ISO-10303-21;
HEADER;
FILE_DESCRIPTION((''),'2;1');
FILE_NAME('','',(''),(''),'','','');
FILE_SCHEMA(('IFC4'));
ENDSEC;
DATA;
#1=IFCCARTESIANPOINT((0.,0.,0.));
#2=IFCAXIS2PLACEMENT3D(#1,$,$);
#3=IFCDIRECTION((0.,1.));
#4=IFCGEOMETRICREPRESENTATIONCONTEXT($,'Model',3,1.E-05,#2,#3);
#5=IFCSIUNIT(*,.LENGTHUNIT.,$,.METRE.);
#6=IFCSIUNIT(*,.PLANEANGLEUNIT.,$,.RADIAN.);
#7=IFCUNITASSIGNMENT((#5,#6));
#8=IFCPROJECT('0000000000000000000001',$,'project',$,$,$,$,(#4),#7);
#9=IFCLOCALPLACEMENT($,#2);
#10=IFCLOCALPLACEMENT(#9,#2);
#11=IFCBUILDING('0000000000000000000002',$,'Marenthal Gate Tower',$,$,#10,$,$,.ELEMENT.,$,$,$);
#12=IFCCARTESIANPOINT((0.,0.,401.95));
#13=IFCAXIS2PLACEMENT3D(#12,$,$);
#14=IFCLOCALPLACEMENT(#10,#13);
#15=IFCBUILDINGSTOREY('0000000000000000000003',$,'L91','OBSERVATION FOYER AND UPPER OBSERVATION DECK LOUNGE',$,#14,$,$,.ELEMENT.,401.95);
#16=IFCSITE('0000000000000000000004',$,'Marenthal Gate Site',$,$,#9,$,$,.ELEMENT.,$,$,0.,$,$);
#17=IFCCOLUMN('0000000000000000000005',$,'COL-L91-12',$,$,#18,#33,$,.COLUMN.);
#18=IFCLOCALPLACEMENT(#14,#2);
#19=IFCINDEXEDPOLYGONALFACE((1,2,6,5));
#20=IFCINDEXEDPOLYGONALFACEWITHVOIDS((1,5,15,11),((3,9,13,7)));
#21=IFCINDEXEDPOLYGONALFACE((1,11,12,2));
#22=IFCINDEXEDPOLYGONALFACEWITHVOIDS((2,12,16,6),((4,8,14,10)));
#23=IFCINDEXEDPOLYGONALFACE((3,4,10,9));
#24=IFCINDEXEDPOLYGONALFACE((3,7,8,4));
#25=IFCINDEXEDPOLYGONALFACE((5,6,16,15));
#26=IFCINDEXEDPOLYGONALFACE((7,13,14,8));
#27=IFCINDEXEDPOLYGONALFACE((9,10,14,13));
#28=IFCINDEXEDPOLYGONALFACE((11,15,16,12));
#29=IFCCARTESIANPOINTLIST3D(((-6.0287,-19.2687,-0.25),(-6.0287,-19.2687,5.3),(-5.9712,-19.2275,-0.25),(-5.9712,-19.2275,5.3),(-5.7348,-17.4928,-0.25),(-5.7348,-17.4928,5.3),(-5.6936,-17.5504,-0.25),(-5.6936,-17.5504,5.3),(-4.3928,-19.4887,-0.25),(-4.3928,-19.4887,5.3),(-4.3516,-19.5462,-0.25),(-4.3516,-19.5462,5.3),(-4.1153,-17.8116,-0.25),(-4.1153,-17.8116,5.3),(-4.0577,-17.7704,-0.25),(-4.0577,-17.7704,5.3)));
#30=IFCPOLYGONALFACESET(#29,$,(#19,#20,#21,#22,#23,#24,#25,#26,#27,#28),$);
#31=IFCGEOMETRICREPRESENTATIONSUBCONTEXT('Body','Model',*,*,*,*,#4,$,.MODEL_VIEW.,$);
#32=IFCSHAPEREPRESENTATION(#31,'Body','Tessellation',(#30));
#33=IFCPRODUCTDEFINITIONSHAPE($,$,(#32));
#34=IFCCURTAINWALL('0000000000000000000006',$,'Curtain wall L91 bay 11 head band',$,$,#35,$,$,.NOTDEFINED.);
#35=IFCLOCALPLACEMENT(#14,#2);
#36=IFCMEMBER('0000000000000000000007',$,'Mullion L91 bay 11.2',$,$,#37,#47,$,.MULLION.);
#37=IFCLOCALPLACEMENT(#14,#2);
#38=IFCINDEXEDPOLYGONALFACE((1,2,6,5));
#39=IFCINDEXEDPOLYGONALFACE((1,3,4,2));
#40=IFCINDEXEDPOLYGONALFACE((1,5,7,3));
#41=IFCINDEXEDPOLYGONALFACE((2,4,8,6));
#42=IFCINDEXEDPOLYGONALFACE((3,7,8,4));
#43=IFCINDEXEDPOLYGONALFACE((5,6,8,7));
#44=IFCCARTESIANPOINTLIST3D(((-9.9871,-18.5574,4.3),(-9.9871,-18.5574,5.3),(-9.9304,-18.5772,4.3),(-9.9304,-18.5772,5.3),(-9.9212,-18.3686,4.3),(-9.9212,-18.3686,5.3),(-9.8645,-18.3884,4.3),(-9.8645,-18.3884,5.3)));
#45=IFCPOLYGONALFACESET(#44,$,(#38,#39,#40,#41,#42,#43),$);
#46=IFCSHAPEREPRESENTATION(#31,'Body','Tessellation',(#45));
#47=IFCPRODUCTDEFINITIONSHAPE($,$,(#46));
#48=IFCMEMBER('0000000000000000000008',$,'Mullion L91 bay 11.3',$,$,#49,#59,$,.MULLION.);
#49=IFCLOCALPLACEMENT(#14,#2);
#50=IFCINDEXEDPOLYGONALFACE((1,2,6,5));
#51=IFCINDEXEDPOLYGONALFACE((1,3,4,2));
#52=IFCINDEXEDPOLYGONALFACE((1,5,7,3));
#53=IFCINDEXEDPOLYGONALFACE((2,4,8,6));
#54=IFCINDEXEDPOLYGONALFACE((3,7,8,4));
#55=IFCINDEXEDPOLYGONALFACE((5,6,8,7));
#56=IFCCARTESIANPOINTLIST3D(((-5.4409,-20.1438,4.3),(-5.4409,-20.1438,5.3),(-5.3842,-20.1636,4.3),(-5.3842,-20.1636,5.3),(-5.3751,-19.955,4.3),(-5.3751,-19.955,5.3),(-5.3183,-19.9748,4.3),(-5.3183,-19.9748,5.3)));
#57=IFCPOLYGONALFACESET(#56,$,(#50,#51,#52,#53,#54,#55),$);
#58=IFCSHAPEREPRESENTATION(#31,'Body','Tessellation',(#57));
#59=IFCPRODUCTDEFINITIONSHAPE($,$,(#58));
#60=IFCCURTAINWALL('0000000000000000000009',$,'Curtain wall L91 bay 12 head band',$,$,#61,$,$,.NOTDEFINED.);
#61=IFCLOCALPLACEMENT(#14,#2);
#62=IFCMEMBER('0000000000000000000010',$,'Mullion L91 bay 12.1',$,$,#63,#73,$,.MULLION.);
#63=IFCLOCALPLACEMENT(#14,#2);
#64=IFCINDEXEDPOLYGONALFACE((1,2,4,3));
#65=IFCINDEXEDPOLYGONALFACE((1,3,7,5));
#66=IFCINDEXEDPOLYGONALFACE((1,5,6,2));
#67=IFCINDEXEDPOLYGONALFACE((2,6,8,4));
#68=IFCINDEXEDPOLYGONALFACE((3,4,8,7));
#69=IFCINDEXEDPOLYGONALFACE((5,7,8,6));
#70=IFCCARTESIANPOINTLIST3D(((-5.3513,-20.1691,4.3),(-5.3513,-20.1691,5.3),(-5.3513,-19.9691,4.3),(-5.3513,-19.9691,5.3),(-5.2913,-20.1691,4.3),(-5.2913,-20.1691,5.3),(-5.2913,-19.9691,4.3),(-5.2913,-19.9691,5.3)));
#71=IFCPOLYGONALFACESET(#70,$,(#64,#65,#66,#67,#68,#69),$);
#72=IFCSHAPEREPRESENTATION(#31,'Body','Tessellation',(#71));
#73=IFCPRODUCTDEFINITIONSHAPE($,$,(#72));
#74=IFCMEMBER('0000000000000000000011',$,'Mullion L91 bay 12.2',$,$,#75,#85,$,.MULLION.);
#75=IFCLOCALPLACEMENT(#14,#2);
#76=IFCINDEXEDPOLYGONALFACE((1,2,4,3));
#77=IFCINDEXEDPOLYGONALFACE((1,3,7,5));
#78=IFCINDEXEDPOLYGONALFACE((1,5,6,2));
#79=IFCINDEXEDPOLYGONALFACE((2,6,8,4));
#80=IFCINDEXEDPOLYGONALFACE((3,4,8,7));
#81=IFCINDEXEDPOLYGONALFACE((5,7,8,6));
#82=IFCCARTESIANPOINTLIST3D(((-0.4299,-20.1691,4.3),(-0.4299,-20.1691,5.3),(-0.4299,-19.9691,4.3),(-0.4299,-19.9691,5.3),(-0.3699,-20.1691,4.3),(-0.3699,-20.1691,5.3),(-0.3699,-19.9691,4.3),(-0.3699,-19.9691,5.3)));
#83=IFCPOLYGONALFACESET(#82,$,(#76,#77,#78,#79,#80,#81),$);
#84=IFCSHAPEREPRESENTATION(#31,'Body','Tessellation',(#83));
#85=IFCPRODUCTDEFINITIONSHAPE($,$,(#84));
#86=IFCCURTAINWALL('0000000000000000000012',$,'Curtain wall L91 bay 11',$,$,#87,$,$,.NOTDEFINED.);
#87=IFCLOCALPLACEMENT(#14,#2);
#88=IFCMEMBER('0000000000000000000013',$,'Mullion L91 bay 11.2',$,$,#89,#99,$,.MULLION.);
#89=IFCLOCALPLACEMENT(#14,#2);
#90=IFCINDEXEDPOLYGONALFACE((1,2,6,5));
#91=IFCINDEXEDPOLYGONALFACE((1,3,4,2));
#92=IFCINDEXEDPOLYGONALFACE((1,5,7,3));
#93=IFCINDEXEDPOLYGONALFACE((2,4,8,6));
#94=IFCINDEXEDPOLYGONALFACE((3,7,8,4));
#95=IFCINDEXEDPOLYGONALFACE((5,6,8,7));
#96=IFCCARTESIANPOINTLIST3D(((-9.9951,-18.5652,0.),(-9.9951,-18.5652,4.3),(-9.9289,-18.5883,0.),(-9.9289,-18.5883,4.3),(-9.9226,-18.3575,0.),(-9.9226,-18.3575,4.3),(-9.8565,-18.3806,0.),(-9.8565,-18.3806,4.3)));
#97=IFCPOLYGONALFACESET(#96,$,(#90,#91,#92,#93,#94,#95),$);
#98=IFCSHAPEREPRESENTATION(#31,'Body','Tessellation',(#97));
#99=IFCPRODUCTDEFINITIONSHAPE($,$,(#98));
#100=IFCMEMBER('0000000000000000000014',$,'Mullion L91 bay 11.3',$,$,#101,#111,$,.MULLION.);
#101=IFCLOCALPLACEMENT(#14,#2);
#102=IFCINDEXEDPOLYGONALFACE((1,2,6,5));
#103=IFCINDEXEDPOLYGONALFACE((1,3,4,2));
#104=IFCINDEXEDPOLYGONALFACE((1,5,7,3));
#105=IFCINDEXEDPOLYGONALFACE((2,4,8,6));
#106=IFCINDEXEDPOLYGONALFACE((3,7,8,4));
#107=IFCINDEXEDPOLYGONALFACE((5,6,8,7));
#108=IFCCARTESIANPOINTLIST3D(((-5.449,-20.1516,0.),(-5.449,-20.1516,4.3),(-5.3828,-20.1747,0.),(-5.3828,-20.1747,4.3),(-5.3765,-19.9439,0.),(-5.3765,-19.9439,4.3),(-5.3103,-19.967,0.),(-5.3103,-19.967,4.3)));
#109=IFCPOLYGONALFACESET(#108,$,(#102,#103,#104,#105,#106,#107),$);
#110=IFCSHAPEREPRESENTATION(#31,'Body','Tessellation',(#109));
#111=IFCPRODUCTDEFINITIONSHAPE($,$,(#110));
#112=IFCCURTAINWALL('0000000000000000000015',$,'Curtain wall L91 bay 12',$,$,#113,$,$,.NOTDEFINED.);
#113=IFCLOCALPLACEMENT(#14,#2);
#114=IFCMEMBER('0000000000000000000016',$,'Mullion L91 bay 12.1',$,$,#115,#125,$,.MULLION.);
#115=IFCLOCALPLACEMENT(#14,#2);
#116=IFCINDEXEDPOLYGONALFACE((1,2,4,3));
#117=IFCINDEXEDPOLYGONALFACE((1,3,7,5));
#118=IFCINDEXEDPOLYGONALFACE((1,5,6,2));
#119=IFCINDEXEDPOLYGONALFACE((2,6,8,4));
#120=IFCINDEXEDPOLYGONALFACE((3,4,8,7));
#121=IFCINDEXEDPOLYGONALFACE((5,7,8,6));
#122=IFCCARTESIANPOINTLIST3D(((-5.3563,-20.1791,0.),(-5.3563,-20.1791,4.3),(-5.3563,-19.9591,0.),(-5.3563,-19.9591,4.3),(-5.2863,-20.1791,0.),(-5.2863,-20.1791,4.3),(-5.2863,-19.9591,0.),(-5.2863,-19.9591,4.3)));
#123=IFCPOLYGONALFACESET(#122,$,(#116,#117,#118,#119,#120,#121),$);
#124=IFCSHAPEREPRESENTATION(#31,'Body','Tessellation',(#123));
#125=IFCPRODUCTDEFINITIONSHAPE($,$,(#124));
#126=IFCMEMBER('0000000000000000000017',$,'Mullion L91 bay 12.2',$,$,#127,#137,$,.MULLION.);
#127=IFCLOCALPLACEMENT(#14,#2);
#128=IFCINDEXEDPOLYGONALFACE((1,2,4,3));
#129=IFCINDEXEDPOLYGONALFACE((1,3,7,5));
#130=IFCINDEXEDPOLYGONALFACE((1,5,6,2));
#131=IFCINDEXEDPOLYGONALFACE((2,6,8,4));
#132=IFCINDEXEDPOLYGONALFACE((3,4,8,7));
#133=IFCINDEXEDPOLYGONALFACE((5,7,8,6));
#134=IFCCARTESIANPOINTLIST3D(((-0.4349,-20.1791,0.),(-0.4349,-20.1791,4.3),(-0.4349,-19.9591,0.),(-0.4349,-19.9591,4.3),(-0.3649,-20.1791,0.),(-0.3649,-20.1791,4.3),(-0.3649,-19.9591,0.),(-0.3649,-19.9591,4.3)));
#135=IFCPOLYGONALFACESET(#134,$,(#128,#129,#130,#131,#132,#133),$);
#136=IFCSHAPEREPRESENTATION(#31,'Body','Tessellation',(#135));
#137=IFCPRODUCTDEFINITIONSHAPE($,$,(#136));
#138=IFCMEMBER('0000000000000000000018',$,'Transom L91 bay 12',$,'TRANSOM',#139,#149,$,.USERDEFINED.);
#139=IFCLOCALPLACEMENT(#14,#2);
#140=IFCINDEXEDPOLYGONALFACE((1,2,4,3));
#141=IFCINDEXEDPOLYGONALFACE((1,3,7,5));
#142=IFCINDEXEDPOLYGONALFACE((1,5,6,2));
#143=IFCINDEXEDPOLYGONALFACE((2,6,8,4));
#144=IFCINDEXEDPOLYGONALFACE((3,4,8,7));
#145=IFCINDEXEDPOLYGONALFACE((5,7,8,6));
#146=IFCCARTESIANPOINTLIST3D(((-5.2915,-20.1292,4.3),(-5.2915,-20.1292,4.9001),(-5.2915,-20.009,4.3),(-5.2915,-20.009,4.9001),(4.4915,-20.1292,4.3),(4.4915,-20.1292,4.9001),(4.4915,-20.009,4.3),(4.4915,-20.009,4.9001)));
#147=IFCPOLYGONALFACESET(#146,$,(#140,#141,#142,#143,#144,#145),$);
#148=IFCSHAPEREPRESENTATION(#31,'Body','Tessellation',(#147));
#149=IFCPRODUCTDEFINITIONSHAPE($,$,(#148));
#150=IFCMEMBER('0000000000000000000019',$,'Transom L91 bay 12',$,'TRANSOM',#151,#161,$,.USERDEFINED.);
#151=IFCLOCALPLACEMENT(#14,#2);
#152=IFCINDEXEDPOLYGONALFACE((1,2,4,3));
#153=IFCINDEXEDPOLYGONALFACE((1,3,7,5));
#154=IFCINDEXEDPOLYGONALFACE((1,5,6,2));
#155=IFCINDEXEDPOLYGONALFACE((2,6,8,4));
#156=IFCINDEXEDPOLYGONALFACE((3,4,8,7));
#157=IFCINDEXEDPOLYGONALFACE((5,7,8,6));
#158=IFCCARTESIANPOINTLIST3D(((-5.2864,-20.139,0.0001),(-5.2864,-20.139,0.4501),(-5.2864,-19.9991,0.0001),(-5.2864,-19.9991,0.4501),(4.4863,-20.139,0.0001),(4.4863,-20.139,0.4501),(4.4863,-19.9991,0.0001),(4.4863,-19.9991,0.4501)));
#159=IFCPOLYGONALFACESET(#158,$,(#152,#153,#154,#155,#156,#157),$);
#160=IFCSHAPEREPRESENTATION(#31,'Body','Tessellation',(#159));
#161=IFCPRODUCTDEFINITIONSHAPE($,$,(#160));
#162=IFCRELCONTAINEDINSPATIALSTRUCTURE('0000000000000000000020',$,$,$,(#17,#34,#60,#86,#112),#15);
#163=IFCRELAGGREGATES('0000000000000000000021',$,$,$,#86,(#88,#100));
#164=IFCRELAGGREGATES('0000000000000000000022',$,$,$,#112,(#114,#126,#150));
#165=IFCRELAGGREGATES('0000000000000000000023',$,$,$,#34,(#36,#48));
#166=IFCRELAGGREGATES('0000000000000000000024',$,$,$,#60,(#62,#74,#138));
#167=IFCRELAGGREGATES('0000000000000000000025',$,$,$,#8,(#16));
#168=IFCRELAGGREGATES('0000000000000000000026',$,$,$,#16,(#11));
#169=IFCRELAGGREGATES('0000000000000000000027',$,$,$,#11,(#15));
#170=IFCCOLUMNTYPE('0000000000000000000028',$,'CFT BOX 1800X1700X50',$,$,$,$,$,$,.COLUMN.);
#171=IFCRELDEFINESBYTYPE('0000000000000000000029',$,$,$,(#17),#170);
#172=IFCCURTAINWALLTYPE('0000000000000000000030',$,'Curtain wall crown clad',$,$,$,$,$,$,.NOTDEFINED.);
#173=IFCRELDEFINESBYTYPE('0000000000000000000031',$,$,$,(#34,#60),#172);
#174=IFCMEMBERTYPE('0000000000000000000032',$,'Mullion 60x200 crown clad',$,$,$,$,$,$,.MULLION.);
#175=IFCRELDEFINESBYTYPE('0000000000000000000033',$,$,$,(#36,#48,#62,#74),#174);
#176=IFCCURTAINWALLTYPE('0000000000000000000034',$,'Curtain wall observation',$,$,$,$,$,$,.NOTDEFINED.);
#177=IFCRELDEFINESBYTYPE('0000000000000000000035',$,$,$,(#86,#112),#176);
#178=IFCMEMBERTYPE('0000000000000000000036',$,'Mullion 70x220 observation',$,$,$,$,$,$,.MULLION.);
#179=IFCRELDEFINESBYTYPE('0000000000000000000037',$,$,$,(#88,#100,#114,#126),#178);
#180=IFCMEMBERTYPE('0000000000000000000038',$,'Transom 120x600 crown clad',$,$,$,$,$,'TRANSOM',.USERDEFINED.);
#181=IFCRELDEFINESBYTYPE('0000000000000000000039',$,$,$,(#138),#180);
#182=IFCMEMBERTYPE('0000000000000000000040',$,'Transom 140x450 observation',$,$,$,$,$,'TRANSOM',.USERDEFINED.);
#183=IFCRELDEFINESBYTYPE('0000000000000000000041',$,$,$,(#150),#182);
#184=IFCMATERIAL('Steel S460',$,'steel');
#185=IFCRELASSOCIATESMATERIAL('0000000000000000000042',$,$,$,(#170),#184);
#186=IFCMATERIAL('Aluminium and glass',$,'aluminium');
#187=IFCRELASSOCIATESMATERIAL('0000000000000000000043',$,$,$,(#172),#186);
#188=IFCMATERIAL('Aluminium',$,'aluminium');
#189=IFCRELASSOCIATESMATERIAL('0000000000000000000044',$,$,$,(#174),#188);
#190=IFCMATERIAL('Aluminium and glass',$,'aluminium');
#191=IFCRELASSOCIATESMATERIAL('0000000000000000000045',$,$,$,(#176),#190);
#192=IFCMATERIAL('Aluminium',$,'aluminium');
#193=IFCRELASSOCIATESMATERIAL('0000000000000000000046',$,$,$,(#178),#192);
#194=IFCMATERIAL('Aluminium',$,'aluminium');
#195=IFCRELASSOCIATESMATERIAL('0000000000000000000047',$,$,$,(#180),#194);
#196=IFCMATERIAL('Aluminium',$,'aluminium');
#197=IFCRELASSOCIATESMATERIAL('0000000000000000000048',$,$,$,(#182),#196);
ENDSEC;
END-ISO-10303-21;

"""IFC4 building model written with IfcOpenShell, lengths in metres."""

from ifc_helpers import new_model, si_unit, direction, frame, origin, origin_2d, place, context, subcontext, project, spatial, rectangle, hollow_rectangle, extrude, material, material_profile, profile_set, type_object, element, aggregate, save


model = new_model("IFC4")

# Units and contexts
model_context = context("Model", 3, precision=1e-05, world=origin(), true_north=direction((0.0, 1.0)))
body_context = subcontext(model_context, "Body", "Model", "MODEL_VIEW")
ifc_project = project(units=[si_unit("LENGTHUNIT", "METRE"), si_unit("PLANEANGLEUNIT", "RADIAN")], contexts=[model_context])

# Site, building, storey
site_placement = place(None, origin())
site = spatial("IfcSite", under=ifc_project, at=site_placement, Name="Marenthal Gate Site", CompositionType="ELEMENT", RefElevation=0.0)
building_placement = place(site_placement, origin())
building = spatial("IfcBuilding", under=site, at=building_placement, Name="Marenthal Gate Tower", CompositionType="ELEMENT")
storey_placement = place(building_placement, frame((0.0, 0.0, 401.95)))
storey = spatial("IfcBuildingStorey", under=building, at=storey_placement, Name="L91", Description="OBSERVATION FOYER AND UPPER OBSERVATION DECK LOUNGE", CompositionType="ELEMENT", Elevation=401.95)

# Column
ifc_material_1 = material(Name="Steel S460", Category="steel")
ifc_material_profile_1 = material_profile(ifc_material_1, hollow_rectangle(XDim=1.7, YDim=1.8, WallThickness=0.05, at=origin_2d()), Name="CFT BOX 1800X1700X50")
ifc_material_2 = material(Name="Concrete 70 MPa", Category="concrete")
ifc_material_profile_2 = material_profile(ifc_material_2, rectangle(XDim=1.6001, YDim=1.7, at=origin_2d()), Name="CFT BOX 1800X1700X50 INFILL")
ifc_profile_set_1 = profile_set([ifc_material_profile_1, ifc_material_profile_2], Name="Steel S460 shell, Concrete 70 MPa infill")
column_type = type_object("IfcColumnType", Name="CFT BOX 1800X1700X50", PredefinedType="COLUMN", material=ifc_profile_set_1)
column_placement = place(storey_placement, frame((-5.0432, -18.5195, -0.25), z_axis=(0.0, 0.0, 1.0), x_axis=(-0.986583, 0.163262, 0.0)))
element("IfcColumn", 1, at=column_placement, inside=storey, type_object=column_type, Name="COL-L91-12", PredefinedType="COLUMN", context=body_context, shape_type="SweptSolid", body=[
    extrude(hollow_rectangle(XDim=1.7, YDim=1.8, WallThickness=0.05, at=origin_2d()), origin(), (0.0, 0.0, 1.0), 5.55),
])

# Curtain walls, members
ifc_material_3 = material(Name="Aluminium and glass", Category="aluminium")
curtain_wall_type_1 = type_object("IfcCurtainWallType", Name="Curtain wall crown clad", PredefinedType="NOTDEFINED", material=ifc_material_3)
curtain_wall_1_placement = place(storey_placement, origin())
curtain_wall_1 = element("IfcCurtainWall", 2, at=curtain_wall_1_placement, inside=storey, type_object=curtain_wall_type_1, Name="Curtain wall L91 bay 11 head band", PredefinedType="NOTDEFINED")
ifc_material_4 = material(Name="Aluminium", Category="aluminium")
ifc_material_profile_3 = material_profile(ifc_material_4, rectangle(XDim=0.2, YDim=0.0601, at=origin_2d()), Name="60x200 aluminium mullion")
ifc_profile_set_2 = profile_set([ifc_material_profile_3], Name="Aluminium")
member_type_1 = type_object("IfcMemberType", Name="Mullion 60x200 crown clad", PredefinedType="MULLION", material=ifc_profile_set_2)
member_1_placement = place(storey_placement, frame((-9.9258, -18.4729, 4.3), z_axis=(0.0, 0.0, 1.0), x_axis=(0.329454, 0.944172, 0.0)))
member_1 = element("IfcMember", 3, at=member_1_placement, type_object=member_type_1, Name="Mullion L91 bay 11.2", PredefinedType="MULLION", context=body_context, shape_type="SweptSolid", body=[
    extrude(rectangle(XDim=0.2, YDim=0.0601, at=origin_2d()), origin(), (0.0, 0.0, 1.0), 1.0),
])
member_2_placement = place(storey_placement, frame((-5.3796, -20.0593, 4.3), z_axis=(0.0, 0.0, 1.0), x_axis=(0.329454, 0.944172, 0.0)))
member_2 = element("IfcMember", 4, at=member_2_placement, type_object=member_type_1, Name="Mullion L91 bay 11.3", PredefinedType="MULLION", context=body_context, shape_type="SweptSolid", body=[
    extrude(rectangle(XDim=0.2, YDim=0.0601, at=origin_2d()), origin(), (0.0, 0.0, 1.0), 1.0),
])
curtain_wall_2_placement = place(storey_placement, origin())
curtain_wall_2 = element("IfcCurtainWall", 5, at=curtain_wall_2_placement, inside=storey, type_object=curtain_wall_type_1, Name="Curtain wall L91 bay 12 head band", PredefinedType="NOTDEFINED")
member_3_placement = place(storey_placement, frame((-5.3213, -20.0691, 4.3), z_axis=(0.0, 0.0, 1.0), x_axis=(0.0, 1.0, 0.0)))
member_3 = element("IfcMember", 6, at=member_3_placement, type_object=member_type_1, Name="Mullion L91 bay 12.1", PredefinedType="MULLION", context=body_context, shape_type="SweptSolid", body=[
    extrude(rectangle(XDim=0.2, YDim=0.0601, at=origin_2d()), origin(), (0.0, 0.0, 1.0), 1.0),
])
member_4_placement = place(storey_placement, frame((-0.3999, -20.0691, 4.3), z_axis=(0.0, 0.0, 1.0), x_axis=(0.0, 1.0, 0.0)))
member_4 = element("IfcMember", 7, at=member_4_placement, type_object=member_type_1, Name="Mullion L91 bay 12.2", PredefinedType="MULLION", context=body_context, shape_type="SweptSolid", body=[
    extrude(rectangle(XDim=0.2, YDim=0.0601, at=origin_2d()), origin(), (0.0, 0.0, 1.0), 1.0),
])
ifc_material_5 = material(Name="Aluminium and glass", Category="aluminium")
curtain_wall_type_2 = type_object("IfcCurtainWallType", Name="Curtain wall observation", PredefinedType="NOTDEFINED", material=ifc_material_5)
curtain_wall_3_placement = place(storey_placement, origin())
curtain_wall_3 = element("IfcCurtainWall", 8, at=curtain_wall_3_placement, inside=storey, type_object=curtain_wall_type_2, Name="Curtain wall L91 bay 11", PredefinedType="NOTDEFINED")
ifc_material_6 = material(Name="Aluminium", Category="aluminium")
ifc_material_profile_4 = material_profile(ifc_material_6, rectangle(XDim=0.22, YDim=0.0701, at=origin_2d()), Name="70x220 aluminium mullion")
ifc_profile_set_3 = profile_set([ifc_material_profile_4], Name="Aluminium")
member_type_2 = type_object("IfcMemberType", Name="Mullion 70x220 observation", PredefinedType="MULLION", material=ifc_profile_set_3)
member_5_placement = place(storey_placement, frame((-9.9258, -18.4729, 0.0), z_axis=(0.0, 0.0, 1.0), x_axis=(0.329454, 0.944172, 0.0)))
member_5 = element("IfcMember", 9, at=member_5_placement, type_object=member_type_2, Name="Mullion L91 bay 11.2", PredefinedType="MULLION", context=body_context, shape_type="SweptSolid", body=[
    extrude(rectangle(XDim=0.22, YDim=0.0701, at=origin_2d()), origin(), (0.0, 0.0, 1.0), 4.3),
])
member_6_placement = place(storey_placement, frame((-5.3796, -20.0593, 0.0), z_axis=(0.0, 0.0, 1.0), x_axis=(0.329454, 0.944172, 0.0)))
member_6 = element("IfcMember", 10, at=member_6_placement, type_object=member_type_2, Name="Mullion L91 bay 11.3", PredefinedType="MULLION", context=body_context, shape_type="SweptSolid", body=[
    extrude(rectangle(XDim=0.22, YDim=0.0701, at=origin_2d()), origin(), (0.0, 0.0, 1.0), 4.3),
])
curtain_wall_4_placement = place(storey_placement, origin())
curtain_wall_4 = element("IfcCurtainWall", 11, at=curtain_wall_4_placement, inside=storey, type_object=curtain_wall_type_2, Name="Curtain wall L91 bay 12", PredefinedType="NOTDEFINED")
member_7_placement = place(storey_placement, frame((-5.3213, -20.0691, 0.0), z_axis=(0.0, 0.0, 1.0), x_axis=(0.0, 1.0, 0.0)))
member_7 = element("IfcMember", 12, at=member_7_placement, type_object=member_type_2, Name="Mullion L91 bay 12.1", PredefinedType="MULLION", context=body_context, shape_type="SweptSolid", body=[
    extrude(rectangle(XDim=0.22, YDim=0.0701, at=origin_2d()), origin(), (0.0, 0.0, 1.0), 4.3),
])
member_8_placement = place(storey_placement, frame((-0.3999, -20.0691, 0.0), z_axis=(0.0, 0.0, 1.0), x_axis=(0.0, 1.0, 0.0)))
member_8 = element("IfcMember", 13, at=member_8_placement, type_object=member_type_2, Name="Mullion L91 bay 12.2", PredefinedType="MULLION", context=body_context, shape_type="SweptSolid", body=[
    extrude(rectangle(XDim=0.22, YDim=0.0701, at=origin_2d()), origin(), (0.0, 0.0, 1.0), 4.3),
])

# Members
ifc_material_7 = material(Name="Aluminium", Category="aluminium")
ifc_material_profile_5 = material_profile(ifc_material_7, rectangle(XDim=0.1201, YDim=0.6001, at=origin_2d()), Name="120x600 aluminium transom")
ifc_profile_set_4 = profile_set([ifc_material_profile_5], Name="Aluminium")
member_type_3 = type_object("IfcMemberType", Name="Transom 120x600 crown clad", ElementType="TRANSOM", PredefinedType="USERDEFINED", material=ifc_profile_set_4)
member_9_placement = place(storey_placement, frame((-5.2915, -20.0691, 4.6001), z_axis=(1.0, 0.0, 0.0), x_axis=(0.0, 1.0, 0.0)))
member_9 = element("IfcMember", 14, at=member_9_placement, type_object=member_type_3, Name="Transom L91 bay 12", ObjectType="TRANSOM", PredefinedType="USERDEFINED", context=body_context, shape_type="SweptSolid", body=[
    extrude(rectangle(XDim=0.1201, YDim=0.6001, at=origin_2d()), origin(), (0.0, 0.0, 1.0), 9.783),
])
ifc_material_8 = material(Name="Aluminium", Category="aluminium")
ifc_material_profile_6 = material_profile(ifc_material_8, rectangle(XDim=0.1399, YDim=0.45, at=origin_2d()), Name="140x450 aluminium transom")
ifc_profile_set_5 = profile_set([ifc_material_profile_6], Name="Aluminium")
member_type_4 = type_object("IfcMemberType", Name="Transom 140x450 observation", ElementType="TRANSOM", PredefinedType="USERDEFINED", material=ifc_profile_set_5)
member_10_placement = place(storey_placement, frame((-5.2864, -20.0691, 0.2251), z_axis=(1.0, 0.0, 0.0), x_axis=(0.0, 1.0, 0.0)))
member_10 = element("IfcMember", 15, at=member_10_placement, type_object=member_type_4, Name="Transom L91 bay 12", ObjectType="TRANSOM", PredefinedType="USERDEFINED", context=body_context, shape_type="SweptSolid", body=[
    extrude(rectangle(XDim=0.1399, YDim=0.45, at=origin_2d()), origin(), (0.0, 0.0, 1.0), 9.7727),
])

aggregate(curtain_wall_3, [member_5, member_6])
aggregate(curtain_wall_4, [member_7, member_8, member_10])
aggregate(curtain_wall_1, [member_1, member_2])
aggregate(curtain_wall_2, [member_3, member_4, member_9])

save(model, "model.ifc")
